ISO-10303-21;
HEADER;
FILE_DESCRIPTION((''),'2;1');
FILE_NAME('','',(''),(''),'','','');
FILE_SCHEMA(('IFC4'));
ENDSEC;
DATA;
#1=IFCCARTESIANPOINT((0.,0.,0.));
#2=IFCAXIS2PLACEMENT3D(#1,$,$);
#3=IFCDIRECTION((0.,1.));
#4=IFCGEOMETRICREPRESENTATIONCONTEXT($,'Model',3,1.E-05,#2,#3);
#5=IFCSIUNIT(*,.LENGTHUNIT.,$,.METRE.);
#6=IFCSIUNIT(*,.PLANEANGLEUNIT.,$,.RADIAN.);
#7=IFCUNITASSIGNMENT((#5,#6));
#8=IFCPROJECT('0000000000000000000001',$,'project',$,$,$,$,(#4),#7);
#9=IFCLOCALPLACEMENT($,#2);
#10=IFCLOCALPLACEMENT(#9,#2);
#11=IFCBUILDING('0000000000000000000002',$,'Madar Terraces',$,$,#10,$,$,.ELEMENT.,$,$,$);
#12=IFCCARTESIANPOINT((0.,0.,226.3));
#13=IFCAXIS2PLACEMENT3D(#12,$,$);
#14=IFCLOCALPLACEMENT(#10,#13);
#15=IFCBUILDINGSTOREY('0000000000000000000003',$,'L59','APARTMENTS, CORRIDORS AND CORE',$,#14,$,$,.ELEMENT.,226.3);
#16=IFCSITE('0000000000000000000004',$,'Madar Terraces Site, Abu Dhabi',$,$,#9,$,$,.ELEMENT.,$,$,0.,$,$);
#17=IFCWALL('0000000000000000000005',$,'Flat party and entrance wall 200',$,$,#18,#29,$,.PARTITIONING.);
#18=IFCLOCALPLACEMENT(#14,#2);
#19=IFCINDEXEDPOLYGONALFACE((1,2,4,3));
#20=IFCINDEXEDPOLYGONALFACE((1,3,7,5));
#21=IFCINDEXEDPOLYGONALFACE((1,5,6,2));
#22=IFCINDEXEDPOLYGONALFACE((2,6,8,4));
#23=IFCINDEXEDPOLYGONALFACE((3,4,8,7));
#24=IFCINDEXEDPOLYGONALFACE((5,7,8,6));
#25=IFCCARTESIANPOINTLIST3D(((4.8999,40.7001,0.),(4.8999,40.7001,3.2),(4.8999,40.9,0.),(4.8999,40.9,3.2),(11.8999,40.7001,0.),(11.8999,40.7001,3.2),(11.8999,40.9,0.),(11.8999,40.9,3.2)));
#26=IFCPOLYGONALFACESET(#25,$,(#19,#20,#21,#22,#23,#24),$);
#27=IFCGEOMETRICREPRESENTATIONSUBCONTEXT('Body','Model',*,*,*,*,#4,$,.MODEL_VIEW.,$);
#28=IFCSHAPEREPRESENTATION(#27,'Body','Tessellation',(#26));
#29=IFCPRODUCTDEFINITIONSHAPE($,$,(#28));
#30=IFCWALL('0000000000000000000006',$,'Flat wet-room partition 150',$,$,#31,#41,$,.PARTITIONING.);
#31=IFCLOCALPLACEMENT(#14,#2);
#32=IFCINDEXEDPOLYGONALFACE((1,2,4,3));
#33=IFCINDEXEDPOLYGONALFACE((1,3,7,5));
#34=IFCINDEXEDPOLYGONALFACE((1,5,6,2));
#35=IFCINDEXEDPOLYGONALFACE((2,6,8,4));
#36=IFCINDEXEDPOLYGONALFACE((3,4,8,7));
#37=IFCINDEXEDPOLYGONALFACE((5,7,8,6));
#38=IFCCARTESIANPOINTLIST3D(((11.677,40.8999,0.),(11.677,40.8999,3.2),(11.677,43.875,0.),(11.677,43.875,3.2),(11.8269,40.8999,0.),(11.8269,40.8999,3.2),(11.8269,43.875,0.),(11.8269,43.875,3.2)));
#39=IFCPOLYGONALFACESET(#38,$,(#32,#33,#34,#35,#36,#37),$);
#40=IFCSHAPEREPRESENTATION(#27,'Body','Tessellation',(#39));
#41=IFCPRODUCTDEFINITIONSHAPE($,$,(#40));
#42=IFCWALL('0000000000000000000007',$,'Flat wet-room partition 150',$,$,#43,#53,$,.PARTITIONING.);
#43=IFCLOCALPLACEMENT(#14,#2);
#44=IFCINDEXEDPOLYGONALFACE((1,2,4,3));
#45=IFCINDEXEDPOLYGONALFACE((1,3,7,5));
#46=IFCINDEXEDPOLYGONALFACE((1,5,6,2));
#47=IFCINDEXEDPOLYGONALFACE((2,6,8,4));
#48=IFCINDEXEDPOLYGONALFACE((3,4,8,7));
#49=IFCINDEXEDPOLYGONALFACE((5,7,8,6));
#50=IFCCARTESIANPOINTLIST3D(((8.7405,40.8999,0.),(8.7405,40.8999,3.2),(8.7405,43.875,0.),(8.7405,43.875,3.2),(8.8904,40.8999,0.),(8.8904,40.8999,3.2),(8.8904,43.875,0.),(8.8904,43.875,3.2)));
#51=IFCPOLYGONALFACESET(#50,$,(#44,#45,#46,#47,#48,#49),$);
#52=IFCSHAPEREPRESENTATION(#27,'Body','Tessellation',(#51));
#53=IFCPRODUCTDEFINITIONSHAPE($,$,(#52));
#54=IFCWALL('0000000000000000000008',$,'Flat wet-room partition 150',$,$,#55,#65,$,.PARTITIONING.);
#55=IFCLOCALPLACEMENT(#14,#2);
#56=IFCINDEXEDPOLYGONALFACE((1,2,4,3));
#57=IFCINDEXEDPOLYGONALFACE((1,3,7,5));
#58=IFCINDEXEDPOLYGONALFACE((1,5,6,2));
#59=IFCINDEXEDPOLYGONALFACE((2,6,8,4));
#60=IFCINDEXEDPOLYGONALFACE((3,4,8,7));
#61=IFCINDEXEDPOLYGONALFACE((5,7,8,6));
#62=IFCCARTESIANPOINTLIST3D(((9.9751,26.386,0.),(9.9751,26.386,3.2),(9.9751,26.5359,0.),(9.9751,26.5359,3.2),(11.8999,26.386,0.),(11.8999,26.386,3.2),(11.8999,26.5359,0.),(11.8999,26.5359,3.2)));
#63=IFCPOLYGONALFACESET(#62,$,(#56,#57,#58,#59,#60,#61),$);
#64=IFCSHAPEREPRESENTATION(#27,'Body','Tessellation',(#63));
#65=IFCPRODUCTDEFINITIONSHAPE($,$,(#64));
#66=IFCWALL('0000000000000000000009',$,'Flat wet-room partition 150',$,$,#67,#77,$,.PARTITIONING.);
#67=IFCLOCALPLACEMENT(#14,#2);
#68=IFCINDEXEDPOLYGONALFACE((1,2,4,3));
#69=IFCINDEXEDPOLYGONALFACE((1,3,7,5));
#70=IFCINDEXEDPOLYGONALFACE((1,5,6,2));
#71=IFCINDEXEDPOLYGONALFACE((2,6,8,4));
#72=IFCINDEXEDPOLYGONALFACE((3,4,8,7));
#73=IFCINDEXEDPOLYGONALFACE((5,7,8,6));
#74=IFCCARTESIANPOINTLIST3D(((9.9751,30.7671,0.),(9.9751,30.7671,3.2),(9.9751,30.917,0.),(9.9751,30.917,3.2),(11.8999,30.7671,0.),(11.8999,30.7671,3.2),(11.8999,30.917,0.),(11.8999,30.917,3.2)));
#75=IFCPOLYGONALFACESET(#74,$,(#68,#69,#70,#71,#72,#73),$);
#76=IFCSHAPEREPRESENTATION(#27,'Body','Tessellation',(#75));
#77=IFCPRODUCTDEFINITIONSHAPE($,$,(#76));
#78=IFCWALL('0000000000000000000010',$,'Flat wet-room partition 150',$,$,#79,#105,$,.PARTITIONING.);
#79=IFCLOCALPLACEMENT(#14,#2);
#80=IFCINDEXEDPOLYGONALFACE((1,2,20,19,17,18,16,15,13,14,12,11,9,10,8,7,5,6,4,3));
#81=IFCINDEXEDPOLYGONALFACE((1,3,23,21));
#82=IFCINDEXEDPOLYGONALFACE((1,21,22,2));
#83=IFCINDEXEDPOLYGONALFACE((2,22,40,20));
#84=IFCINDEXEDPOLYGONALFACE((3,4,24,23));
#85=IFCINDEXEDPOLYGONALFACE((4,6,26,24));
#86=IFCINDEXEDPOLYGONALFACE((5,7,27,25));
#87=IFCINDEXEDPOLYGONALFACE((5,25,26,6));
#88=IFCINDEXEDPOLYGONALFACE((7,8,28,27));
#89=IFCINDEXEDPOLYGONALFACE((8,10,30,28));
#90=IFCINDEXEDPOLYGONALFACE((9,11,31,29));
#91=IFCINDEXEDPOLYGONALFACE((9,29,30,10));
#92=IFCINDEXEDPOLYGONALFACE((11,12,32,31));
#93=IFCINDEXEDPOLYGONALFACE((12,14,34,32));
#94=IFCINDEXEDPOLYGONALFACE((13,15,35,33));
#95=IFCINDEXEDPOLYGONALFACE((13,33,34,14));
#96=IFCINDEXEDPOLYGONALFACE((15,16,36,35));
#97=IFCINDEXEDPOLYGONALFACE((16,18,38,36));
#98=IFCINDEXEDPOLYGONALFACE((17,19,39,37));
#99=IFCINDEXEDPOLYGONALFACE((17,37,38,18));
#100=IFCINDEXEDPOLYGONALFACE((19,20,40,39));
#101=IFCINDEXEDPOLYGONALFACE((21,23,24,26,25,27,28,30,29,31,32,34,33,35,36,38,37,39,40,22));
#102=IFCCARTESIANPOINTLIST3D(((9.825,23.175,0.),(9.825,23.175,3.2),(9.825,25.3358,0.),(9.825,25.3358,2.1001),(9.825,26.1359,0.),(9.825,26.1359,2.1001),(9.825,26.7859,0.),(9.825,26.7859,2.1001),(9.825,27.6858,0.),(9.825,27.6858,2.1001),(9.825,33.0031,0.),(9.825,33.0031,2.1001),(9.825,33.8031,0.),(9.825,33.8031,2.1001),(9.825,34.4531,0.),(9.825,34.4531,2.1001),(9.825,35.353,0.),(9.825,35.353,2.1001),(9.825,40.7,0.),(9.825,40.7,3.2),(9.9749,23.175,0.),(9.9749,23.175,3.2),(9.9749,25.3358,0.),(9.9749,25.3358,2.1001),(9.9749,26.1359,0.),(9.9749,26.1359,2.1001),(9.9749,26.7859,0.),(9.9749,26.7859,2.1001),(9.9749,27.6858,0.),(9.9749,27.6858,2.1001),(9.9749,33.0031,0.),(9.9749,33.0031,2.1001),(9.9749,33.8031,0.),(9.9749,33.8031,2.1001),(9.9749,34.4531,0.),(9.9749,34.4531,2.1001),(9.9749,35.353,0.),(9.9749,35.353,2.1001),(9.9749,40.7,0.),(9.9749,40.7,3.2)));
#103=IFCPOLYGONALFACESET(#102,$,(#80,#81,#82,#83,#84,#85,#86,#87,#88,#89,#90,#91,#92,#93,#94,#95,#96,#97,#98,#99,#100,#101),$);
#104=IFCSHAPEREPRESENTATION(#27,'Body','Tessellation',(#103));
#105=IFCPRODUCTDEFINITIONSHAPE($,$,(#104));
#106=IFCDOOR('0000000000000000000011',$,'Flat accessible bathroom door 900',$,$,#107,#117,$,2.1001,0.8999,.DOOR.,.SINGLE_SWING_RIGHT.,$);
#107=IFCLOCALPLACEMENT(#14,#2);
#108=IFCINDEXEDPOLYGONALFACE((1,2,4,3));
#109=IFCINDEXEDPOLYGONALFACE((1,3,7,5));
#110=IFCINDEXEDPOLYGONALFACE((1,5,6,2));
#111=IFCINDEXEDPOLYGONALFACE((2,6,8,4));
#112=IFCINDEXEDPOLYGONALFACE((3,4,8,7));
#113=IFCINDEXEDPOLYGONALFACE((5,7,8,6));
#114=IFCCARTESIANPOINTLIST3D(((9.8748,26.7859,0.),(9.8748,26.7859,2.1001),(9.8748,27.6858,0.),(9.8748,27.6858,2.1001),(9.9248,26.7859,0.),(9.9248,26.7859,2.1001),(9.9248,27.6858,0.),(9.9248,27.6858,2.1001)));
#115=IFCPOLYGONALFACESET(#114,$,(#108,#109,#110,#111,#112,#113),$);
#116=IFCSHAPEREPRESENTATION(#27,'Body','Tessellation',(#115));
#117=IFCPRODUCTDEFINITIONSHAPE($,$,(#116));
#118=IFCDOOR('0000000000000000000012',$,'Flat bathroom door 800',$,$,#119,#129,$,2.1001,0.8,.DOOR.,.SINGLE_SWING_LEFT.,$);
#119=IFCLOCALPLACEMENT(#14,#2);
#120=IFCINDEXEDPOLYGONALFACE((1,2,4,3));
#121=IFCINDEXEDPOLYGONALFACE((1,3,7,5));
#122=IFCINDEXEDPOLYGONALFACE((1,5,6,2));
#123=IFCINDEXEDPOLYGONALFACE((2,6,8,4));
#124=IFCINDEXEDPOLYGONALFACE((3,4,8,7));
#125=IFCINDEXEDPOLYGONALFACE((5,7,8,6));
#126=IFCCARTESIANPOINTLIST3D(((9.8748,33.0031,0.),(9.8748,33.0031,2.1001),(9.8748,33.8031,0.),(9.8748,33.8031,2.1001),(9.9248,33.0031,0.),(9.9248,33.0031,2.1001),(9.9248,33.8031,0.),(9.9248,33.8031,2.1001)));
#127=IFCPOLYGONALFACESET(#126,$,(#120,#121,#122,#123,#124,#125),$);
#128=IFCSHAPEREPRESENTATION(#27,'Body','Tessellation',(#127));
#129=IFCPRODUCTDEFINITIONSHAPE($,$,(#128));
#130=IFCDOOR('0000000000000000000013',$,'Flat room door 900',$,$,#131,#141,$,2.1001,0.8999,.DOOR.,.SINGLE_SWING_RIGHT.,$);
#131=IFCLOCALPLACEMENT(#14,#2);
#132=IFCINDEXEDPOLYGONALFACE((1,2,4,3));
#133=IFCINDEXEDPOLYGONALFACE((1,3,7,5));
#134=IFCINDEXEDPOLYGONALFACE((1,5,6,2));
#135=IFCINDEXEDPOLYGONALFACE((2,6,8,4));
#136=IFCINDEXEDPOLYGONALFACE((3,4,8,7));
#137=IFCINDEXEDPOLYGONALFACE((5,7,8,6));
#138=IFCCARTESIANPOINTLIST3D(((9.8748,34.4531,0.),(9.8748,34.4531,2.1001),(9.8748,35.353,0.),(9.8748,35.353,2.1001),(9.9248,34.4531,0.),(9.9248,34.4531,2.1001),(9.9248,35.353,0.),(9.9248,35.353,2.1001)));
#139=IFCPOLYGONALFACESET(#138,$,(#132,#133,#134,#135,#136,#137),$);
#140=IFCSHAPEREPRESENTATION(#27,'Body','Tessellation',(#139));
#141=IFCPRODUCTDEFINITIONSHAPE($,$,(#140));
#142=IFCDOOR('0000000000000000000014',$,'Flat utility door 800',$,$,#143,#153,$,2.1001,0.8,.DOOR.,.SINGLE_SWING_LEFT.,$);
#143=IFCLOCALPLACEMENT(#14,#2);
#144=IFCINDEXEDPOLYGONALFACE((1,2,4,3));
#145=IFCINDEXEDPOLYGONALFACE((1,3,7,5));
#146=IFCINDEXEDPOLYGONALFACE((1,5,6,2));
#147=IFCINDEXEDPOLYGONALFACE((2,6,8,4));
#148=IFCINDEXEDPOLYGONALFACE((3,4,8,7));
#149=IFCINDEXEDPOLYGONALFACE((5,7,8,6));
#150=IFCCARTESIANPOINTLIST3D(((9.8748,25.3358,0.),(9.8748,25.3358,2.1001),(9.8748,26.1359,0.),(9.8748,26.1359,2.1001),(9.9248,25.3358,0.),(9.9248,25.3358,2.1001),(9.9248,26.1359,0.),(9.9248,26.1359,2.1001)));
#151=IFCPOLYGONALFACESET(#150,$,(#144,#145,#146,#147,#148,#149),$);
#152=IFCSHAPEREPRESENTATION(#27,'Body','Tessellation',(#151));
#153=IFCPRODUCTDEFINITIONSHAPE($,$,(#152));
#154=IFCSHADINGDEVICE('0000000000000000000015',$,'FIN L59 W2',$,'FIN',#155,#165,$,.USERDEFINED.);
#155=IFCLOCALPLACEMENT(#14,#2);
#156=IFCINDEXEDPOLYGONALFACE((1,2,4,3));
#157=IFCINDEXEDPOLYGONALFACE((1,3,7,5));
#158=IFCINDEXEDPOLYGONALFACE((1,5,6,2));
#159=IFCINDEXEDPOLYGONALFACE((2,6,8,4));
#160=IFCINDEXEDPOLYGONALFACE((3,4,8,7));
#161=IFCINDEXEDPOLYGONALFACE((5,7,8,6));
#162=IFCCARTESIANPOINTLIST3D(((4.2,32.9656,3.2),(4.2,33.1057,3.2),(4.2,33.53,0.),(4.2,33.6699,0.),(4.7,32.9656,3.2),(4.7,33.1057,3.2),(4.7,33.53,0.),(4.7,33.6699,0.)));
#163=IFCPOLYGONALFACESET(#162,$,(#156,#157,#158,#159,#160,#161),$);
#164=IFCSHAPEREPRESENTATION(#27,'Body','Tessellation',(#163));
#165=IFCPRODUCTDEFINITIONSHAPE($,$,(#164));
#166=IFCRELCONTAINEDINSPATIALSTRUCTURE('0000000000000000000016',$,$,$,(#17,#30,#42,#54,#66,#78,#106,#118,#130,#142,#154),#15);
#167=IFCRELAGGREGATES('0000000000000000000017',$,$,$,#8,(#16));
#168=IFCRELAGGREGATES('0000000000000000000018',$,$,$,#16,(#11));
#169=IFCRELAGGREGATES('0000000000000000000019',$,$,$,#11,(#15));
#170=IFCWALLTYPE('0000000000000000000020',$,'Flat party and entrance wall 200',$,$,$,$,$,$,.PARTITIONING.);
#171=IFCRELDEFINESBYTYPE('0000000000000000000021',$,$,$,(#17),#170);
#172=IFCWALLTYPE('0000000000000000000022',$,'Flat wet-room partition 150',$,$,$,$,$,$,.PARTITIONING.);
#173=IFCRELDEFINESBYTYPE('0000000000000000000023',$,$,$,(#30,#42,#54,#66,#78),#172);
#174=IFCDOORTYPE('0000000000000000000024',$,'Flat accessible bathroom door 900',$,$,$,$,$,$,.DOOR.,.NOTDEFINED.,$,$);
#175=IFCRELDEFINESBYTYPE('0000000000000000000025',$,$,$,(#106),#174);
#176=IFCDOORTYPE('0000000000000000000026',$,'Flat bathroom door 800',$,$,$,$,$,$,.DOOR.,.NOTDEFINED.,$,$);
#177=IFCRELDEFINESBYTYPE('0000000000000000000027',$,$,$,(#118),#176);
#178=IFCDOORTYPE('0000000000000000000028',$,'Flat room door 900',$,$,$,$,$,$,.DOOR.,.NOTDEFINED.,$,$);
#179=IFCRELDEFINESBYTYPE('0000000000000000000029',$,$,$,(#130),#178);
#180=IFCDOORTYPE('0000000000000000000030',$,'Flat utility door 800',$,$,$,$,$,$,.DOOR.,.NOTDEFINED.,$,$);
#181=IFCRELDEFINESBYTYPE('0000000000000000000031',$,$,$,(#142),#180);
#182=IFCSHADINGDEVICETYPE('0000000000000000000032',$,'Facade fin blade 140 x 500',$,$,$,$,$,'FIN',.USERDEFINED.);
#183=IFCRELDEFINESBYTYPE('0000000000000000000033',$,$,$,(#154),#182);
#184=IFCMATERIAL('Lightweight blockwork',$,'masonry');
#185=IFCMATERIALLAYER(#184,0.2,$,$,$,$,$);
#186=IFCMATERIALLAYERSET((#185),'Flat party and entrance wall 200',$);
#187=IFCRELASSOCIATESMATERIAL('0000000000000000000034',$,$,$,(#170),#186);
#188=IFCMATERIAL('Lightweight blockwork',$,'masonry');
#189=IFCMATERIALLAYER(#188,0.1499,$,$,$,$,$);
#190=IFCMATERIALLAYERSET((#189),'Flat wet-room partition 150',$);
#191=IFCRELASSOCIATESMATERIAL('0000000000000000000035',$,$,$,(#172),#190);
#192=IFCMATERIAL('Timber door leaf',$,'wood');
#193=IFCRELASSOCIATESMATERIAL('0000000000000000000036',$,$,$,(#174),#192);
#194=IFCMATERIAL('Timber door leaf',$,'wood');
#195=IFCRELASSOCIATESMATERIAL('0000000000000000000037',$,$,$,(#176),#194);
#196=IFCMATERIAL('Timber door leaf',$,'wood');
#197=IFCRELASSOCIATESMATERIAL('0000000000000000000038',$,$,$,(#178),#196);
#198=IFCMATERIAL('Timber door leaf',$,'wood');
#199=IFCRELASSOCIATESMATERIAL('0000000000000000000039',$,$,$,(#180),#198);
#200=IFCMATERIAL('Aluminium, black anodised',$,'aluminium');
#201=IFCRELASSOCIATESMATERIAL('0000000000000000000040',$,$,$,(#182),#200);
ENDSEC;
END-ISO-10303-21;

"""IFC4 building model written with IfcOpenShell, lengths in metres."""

from ifc_helpers import new_model, si_unit, direction, frame, frame_2d, origin, place, context, subcontext, project, spatial, polyline, rectangle, outline, extrude, material, layer, layer_set, type_object, element, fill, save


model = new_model("IFC4")

# Units and contexts
model_context = context("Model", 3, precision=1e-05, world=origin(), true_north=direction((0.0, 1.0)))
body_context = subcontext(model_context, "Body", "Model", "MODEL_VIEW")
ifc_project = project(units=[si_unit("LENGTHUNIT", "METRE"), si_unit("PLANEANGLEUNIT", "RADIAN")], contexts=[model_context])

# Site, building, storey
site_placement = place(None, origin())
site = spatial("IfcSite", under=ifc_project, at=site_placement, Name="Madar Terraces Site, Abu Dhabi", CompositionType="ELEMENT", RefElevation=0.0)
building_placement = place(site_placement, origin())
building = spatial("IfcBuilding", under=site, at=building_placement, Name="Madar Terraces", CompositionType="ELEMENT")
storey_placement = place(building_placement, frame((0.0, 0.0, 226.3)))
storey = spatial("IfcBuildingStorey", under=building, at=storey_placement, Name="L59", Description="APARTMENTS, CORRIDORS AND CORE", CompositionType="ELEMENT", Elevation=226.3)

# Walls
ifc_material_1 = material(Name="Lightweight blockwork", Category="masonry")
ifc_layer_1 = layer(ifc_material_1, 0.2)
ifc_layer_set_1 = layer_set([ifc_layer_1], Name="Flat party and entrance wall 200")
wall_type_1 = type_object("IfcWallType", Name="Flat party and entrance wall 200", PredefinedType="PARTITIONING", material=ifc_layer_set_1)
wall_1_placement = place(storey_placement, frame((4.8999, 40.8, 0.0), z_axis=(0.0, 0.0, 1.0), x_axis=(1.0, 0.0, 0.0)))
element("IfcWall", 1, at=wall_1_placement, inside=storey, type_object=wall_type_1, Name="Flat party and entrance wall 200", PredefinedType="PARTITIONING", context=body_context, shape_type="SweptSolid", body=[
    extrude(rectangle(XDim=7.0, YDim=0.2, at=frame_2d((3.5, 0.0))), origin(), (0.0, 0.0, 1.0), 3.2),
])
ifc_material_2 = material(Name="Lightweight blockwork", Category="masonry")
ifc_layer_2 = layer(ifc_material_2, 0.1499)
ifc_layer_set_2 = layer_set([ifc_layer_2], Name="Flat wet-room partition 150")
wall_type_2 = type_object("IfcWallType", Name="Flat wet-room partition 150", PredefinedType="PARTITIONING", material=ifc_layer_set_2)
for number, where, z_axis, x_axis, name in (
    (2, (11.752, 40.8999, 0.0), (0.0, 0.0, 1.0), (0.0, 1.0, 0.0), "Flat wet-room partition 150"),
    (3, (8.8154, 40.8999, 0.0), (0.0, 0.0, 1.0), (0.0, 1.0, 0.0), "Flat wet-room partition 150"),
):
    element("IfcWall", number, at=place(storey_placement, frame(where, z_axis=z_axis, x_axis=x_axis)), inside=storey, type_object=wall_type_2, Name=name, PredefinedType="PARTITIONING", context=body_context, shape_type="SweptSolid", body=[
        extrude(rectangle(XDim=2.9751, YDim=0.1499, at=frame_2d((1.4875, 0.0))), origin(), (0.0, 0.0, 1.0), 3.2),
    ])
for number, where, z_axis, x_axis, name in (
    (4, (11.8999, 26.4609, 0.0), (0.0, 0.0, 1.0), (-1.0, 0.0, 0.0), "Flat wet-room partition 150"),
    (5, (11.8999, 30.842, 0.0), (0.0, 0.0, 1.0), (-1.0, 0.0, 0.0), "Flat wet-room partition 150"),
):
    element("IfcWall", number, at=place(storey_placement, frame(where, z_axis=z_axis, x_axis=x_axis)), inside=storey, type_object=wall_type_2, Name=name, PredefinedType="PARTITIONING", context=body_context, shape_type="SweptSolid", body=[
        extrude(rectangle(XDim=1.9248, YDim=0.1499, at=frame_2d((0.9624, 0.0))), origin(), (0.0, 0.0, 1.0), 3.2),
    ])

# Wall, openings, doors
wall_2_placement = place(storey_placement, frame((9.8999, 40.7, 0.0), z_axis=(0.0, 0.0, 1.0), x_axis=(0.0, -1.0, 0.0)))
wall_2 = element("IfcWall", 6, at=wall_2_placement, inside=storey, type_object=wall_type_2, Name="Flat wet-room partition 150", PredefinedType="PARTITIONING", context=body_context, shape_type="SweptSolid", body=[
    extrude(rectangle(XDim=17.5249, YDim=0.1499, at=frame_2d((8.7625, 0.0))), origin(), (0.0, 0.0, 1.0), 3.2),
])
opening_1_placement = place(wall_2_placement, frame((14.5642, 0.0, 0.0)))
opening_1 = element("IfcOpeningElement", 7, at=opening_1_placement, cuts=wall_2, PredefinedType="OPENING", context=body_context, shape_type="SweptSolid", body=[
    extrude(rectangle(XDim=0.8, YDim=2.1001, at=frame_2d((0.3999, 1.05))), frame((0.0, 0.085, 0.0), z_axis=(0.0, -1.0, 0.0), x_axis=(1.0, 0.0, 0.0)), (0.0, 0.0, 1.0), 0.1699),
])
opening_2_placement = place(wall_2_placement, frame((13.0142, 0.0, 0.0)))
opening_2 = element("IfcOpeningElement", 8, at=opening_2_placement, cuts=wall_2, PredefinedType="OPENING", context=body_context, shape_type="SweptSolid", body=[
    extrude(rectangle(XDim=0.8999, YDim=2.1001, at=frame_2d((0.45, 1.05))), frame((0.0, 0.085, 0.0), z_axis=(0.0, -1.0, 0.0), x_axis=(1.0, 0.0, 0.0)), (0.0, 0.0, 1.0), 0.1699),
])
opening_3_placement = place(wall_2_placement, frame((6.897, 0.0, 0.0)))
opening_3 = element("IfcOpeningElement", 9, at=opening_3_placement, cuts=wall_2, PredefinedType="OPENING", context=body_context, shape_type="SweptSolid", body=[
    extrude(rectangle(XDim=0.8, YDim=2.1001, at=frame_2d((0.3999, 1.05))), frame((0.0, 0.085, 0.0), z_axis=(0.0, -1.0, 0.0), x_axis=(1.0, 0.0, 0.0)), (0.0, 0.0, 1.0), 0.1699),
])
opening_4_placement = place(wall_2_placement, frame((5.3469, 0.0, 0.0)))
opening_4 = element("IfcOpeningElement", 10, at=opening_4_placement, cuts=wall_2, PredefinedType="OPENING", context=body_context, shape_type="SweptSolid", body=[
    extrude(rectangle(XDim=0.8999, YDim=2.1001, at=frame_2d((0.45, 1.05))), frame((0.0, 0.085, 0.0), z_axis=(0.0, -1.0, 0.0), x_axis=(1.0, 0.0, 0.0)), (0.0, 0.0, 1.0), 0.1699),
])
ifc_material_3 = material(Name="Timber door leaf", Category="wood")
door_type_1 = type_object("IfcDoorType", Name="Flat accessible bathroom door 900", OperationType="NOTDEFINED", PredefinedType="DOOR", material=ifc_material_3)
door_1_placement = place(opening_2_placement, origin())
door_1 = element("IfcDoor", 11, at=door_1_placement, inside=storey, type_object=door_type_1, Name="Flat accessible bathroom door 900", OperationType="SINGLE_SWING_RIGHT", OverallHeight=2.1001, OverallWidth=0.8999, PredefinedType="DOOR", context=body_context, shape_type="SweptSolid", body=[
    extrude(rectangle(XDim=0.8999, YDim=2.1001, at=frame_2d((0.45, 1.05))), frame((0.0, 0.0249, 0.0), z_axis=(0.0, -1.0, 0.0), x_axis=(1.0, 0.0, 0.0)), (0.0, 0.0, 1.0), 0.05),
])
fill(opening_2, door_1)
ifc_material_4 = material(Name="Timber door leaf", Category="wood")
door_type_2 = type_object("IfcDoorType", Name="Flat bathroom door 800", OperationType="NOTDEFINED", PredefinedType="DOOR", material=ifc_material_4)
door_2_placement = place(opening_3_placement, origin())
door_2 = element("IfcDoor", 12, at=door_2_placement, inside=storey, type_object=door_type_2, Name="Flat bathroom door 800", OperationType="SINGLE_SWING_LEFT", OverallHeight=2.1001, OverallWidth=0.8, PredefinedType="DOOR", context=body_context, shape_type="SweptSolid", body=[
    extrude(rectangle(XDim=0.8, YDim=2.1001, at=frame_2d((0.3999, 1.05))), frame((0.0, 0.0249, 0.0), z_axis=(0.0, -1.0, 0.0), x_axis=(1.0, 0.0, 0.0)), (0.0, 0.0, 1.0), 0.05),
])
fill(opening_3, door_2)
ifc_material_5 = material(Name="Timber door leaf", Category="wood")
door_type_3 = type_object("IfcDoorType", Name="Flat room door 900", OperationType="NOTDEFINED", PredefinedType="DOOR", material=ifc_material_5)
door_3_placement = place(opening_4_placement, origin())
door_3 = element("IfcDoor", 13, at=door_3_placement, inside=storey, type_object=door_type_3, Name="Flat room door 900", OperationType="SINGLE_SWING_RIGHT", OverallHeight=2.1001, OverallWidth=0.8999, PredefinedType="DOOR", context=body_context, shape_type="SweptSolid", body=[
    extrude(rectangle(XDim=0.8999, YDim=2.1001, at=frame_2d((0.45, 1.05))), frame((0.0, 0.0249, 0.0), z_axis=(0.0, -1.0, 0.0), x_axis=(1.0, 0.0, 0.0)), (0.0, 0.0, 1.0), 0.05),
])
fill(opening_4, door_3)
ifc_material_6 = material(Name="Timber door leaf", Category="wood")
door_type_4 = type_object("IfcDoorType", Name="Flat utility door 800", OperationType="NOTDEFINED", PredefinedType="DOOR", material=ifc_material_6)
door_4_placement = place(opening_1_placement, origin())
door_4 = element("IfcDoor", 14, at=door_4_placement, inside=storey, type_object=door_type_4, Name="Flat utility door 800", OperationType="SINGLE_SWING_LEFT", OverallHeight=2.1001, OverallWidth=0.8, PredefinedType="DOOR", context=body_context, shape_type="SweptSolid", body=[
    extrude(rectangle(XDim=0.8, YDim=2.1001, at=frame_2d((0.3999, 1.05))), frame((0.0, 0.0249, 0.0), z_axis=(0.0, -1.0, 0.0), x_axis=(1.0, 0.0, 0.0)), (0.0, 0.0, 1.0), 0.05),
])
fill(opening_1, door_4)

# Shading device
ifc_material_7 = material(Name="Aluminium, black anodised", Category="aluminium")
shading_device_type = type_object("IfcShadingDeviceType", Name="Facade fin blade 140 x 500", ElementType="FIN", PredefinedType="USERDEFINED", material=ifc_material_7)
shading_device_1_placement = place(storey_placement, frame((4.45, 33.6699, 0.0), z_axis=(0.0, 0.0, 1.0), x_axis=(0.0, -1.0, 0.0)))
element("IfcShadingDevice", 15, at=shading_device_1_placement, inside=storey, type_object=shading_device_type, Name="FIN L59 W2", ObjectType="FIN", PredefinedType="USERDEFINED", context=body_context, shape_type="SweptSolid", body=[
    extrude(outline(polyline([(0.0, 0.0), (0.1399, 0.0), (0.7043, 3.2), (0.5642, 3.2), (0.0, 0.0)])), frame((0.0, 0.25, 0.0), z_axis=(0.0, -1.0, 0.0), x_axis=(1.0, 0.0, 0.0)), (0.0, 0.0, 1.0), 0.5),
])

save(model, "model.ifc")
